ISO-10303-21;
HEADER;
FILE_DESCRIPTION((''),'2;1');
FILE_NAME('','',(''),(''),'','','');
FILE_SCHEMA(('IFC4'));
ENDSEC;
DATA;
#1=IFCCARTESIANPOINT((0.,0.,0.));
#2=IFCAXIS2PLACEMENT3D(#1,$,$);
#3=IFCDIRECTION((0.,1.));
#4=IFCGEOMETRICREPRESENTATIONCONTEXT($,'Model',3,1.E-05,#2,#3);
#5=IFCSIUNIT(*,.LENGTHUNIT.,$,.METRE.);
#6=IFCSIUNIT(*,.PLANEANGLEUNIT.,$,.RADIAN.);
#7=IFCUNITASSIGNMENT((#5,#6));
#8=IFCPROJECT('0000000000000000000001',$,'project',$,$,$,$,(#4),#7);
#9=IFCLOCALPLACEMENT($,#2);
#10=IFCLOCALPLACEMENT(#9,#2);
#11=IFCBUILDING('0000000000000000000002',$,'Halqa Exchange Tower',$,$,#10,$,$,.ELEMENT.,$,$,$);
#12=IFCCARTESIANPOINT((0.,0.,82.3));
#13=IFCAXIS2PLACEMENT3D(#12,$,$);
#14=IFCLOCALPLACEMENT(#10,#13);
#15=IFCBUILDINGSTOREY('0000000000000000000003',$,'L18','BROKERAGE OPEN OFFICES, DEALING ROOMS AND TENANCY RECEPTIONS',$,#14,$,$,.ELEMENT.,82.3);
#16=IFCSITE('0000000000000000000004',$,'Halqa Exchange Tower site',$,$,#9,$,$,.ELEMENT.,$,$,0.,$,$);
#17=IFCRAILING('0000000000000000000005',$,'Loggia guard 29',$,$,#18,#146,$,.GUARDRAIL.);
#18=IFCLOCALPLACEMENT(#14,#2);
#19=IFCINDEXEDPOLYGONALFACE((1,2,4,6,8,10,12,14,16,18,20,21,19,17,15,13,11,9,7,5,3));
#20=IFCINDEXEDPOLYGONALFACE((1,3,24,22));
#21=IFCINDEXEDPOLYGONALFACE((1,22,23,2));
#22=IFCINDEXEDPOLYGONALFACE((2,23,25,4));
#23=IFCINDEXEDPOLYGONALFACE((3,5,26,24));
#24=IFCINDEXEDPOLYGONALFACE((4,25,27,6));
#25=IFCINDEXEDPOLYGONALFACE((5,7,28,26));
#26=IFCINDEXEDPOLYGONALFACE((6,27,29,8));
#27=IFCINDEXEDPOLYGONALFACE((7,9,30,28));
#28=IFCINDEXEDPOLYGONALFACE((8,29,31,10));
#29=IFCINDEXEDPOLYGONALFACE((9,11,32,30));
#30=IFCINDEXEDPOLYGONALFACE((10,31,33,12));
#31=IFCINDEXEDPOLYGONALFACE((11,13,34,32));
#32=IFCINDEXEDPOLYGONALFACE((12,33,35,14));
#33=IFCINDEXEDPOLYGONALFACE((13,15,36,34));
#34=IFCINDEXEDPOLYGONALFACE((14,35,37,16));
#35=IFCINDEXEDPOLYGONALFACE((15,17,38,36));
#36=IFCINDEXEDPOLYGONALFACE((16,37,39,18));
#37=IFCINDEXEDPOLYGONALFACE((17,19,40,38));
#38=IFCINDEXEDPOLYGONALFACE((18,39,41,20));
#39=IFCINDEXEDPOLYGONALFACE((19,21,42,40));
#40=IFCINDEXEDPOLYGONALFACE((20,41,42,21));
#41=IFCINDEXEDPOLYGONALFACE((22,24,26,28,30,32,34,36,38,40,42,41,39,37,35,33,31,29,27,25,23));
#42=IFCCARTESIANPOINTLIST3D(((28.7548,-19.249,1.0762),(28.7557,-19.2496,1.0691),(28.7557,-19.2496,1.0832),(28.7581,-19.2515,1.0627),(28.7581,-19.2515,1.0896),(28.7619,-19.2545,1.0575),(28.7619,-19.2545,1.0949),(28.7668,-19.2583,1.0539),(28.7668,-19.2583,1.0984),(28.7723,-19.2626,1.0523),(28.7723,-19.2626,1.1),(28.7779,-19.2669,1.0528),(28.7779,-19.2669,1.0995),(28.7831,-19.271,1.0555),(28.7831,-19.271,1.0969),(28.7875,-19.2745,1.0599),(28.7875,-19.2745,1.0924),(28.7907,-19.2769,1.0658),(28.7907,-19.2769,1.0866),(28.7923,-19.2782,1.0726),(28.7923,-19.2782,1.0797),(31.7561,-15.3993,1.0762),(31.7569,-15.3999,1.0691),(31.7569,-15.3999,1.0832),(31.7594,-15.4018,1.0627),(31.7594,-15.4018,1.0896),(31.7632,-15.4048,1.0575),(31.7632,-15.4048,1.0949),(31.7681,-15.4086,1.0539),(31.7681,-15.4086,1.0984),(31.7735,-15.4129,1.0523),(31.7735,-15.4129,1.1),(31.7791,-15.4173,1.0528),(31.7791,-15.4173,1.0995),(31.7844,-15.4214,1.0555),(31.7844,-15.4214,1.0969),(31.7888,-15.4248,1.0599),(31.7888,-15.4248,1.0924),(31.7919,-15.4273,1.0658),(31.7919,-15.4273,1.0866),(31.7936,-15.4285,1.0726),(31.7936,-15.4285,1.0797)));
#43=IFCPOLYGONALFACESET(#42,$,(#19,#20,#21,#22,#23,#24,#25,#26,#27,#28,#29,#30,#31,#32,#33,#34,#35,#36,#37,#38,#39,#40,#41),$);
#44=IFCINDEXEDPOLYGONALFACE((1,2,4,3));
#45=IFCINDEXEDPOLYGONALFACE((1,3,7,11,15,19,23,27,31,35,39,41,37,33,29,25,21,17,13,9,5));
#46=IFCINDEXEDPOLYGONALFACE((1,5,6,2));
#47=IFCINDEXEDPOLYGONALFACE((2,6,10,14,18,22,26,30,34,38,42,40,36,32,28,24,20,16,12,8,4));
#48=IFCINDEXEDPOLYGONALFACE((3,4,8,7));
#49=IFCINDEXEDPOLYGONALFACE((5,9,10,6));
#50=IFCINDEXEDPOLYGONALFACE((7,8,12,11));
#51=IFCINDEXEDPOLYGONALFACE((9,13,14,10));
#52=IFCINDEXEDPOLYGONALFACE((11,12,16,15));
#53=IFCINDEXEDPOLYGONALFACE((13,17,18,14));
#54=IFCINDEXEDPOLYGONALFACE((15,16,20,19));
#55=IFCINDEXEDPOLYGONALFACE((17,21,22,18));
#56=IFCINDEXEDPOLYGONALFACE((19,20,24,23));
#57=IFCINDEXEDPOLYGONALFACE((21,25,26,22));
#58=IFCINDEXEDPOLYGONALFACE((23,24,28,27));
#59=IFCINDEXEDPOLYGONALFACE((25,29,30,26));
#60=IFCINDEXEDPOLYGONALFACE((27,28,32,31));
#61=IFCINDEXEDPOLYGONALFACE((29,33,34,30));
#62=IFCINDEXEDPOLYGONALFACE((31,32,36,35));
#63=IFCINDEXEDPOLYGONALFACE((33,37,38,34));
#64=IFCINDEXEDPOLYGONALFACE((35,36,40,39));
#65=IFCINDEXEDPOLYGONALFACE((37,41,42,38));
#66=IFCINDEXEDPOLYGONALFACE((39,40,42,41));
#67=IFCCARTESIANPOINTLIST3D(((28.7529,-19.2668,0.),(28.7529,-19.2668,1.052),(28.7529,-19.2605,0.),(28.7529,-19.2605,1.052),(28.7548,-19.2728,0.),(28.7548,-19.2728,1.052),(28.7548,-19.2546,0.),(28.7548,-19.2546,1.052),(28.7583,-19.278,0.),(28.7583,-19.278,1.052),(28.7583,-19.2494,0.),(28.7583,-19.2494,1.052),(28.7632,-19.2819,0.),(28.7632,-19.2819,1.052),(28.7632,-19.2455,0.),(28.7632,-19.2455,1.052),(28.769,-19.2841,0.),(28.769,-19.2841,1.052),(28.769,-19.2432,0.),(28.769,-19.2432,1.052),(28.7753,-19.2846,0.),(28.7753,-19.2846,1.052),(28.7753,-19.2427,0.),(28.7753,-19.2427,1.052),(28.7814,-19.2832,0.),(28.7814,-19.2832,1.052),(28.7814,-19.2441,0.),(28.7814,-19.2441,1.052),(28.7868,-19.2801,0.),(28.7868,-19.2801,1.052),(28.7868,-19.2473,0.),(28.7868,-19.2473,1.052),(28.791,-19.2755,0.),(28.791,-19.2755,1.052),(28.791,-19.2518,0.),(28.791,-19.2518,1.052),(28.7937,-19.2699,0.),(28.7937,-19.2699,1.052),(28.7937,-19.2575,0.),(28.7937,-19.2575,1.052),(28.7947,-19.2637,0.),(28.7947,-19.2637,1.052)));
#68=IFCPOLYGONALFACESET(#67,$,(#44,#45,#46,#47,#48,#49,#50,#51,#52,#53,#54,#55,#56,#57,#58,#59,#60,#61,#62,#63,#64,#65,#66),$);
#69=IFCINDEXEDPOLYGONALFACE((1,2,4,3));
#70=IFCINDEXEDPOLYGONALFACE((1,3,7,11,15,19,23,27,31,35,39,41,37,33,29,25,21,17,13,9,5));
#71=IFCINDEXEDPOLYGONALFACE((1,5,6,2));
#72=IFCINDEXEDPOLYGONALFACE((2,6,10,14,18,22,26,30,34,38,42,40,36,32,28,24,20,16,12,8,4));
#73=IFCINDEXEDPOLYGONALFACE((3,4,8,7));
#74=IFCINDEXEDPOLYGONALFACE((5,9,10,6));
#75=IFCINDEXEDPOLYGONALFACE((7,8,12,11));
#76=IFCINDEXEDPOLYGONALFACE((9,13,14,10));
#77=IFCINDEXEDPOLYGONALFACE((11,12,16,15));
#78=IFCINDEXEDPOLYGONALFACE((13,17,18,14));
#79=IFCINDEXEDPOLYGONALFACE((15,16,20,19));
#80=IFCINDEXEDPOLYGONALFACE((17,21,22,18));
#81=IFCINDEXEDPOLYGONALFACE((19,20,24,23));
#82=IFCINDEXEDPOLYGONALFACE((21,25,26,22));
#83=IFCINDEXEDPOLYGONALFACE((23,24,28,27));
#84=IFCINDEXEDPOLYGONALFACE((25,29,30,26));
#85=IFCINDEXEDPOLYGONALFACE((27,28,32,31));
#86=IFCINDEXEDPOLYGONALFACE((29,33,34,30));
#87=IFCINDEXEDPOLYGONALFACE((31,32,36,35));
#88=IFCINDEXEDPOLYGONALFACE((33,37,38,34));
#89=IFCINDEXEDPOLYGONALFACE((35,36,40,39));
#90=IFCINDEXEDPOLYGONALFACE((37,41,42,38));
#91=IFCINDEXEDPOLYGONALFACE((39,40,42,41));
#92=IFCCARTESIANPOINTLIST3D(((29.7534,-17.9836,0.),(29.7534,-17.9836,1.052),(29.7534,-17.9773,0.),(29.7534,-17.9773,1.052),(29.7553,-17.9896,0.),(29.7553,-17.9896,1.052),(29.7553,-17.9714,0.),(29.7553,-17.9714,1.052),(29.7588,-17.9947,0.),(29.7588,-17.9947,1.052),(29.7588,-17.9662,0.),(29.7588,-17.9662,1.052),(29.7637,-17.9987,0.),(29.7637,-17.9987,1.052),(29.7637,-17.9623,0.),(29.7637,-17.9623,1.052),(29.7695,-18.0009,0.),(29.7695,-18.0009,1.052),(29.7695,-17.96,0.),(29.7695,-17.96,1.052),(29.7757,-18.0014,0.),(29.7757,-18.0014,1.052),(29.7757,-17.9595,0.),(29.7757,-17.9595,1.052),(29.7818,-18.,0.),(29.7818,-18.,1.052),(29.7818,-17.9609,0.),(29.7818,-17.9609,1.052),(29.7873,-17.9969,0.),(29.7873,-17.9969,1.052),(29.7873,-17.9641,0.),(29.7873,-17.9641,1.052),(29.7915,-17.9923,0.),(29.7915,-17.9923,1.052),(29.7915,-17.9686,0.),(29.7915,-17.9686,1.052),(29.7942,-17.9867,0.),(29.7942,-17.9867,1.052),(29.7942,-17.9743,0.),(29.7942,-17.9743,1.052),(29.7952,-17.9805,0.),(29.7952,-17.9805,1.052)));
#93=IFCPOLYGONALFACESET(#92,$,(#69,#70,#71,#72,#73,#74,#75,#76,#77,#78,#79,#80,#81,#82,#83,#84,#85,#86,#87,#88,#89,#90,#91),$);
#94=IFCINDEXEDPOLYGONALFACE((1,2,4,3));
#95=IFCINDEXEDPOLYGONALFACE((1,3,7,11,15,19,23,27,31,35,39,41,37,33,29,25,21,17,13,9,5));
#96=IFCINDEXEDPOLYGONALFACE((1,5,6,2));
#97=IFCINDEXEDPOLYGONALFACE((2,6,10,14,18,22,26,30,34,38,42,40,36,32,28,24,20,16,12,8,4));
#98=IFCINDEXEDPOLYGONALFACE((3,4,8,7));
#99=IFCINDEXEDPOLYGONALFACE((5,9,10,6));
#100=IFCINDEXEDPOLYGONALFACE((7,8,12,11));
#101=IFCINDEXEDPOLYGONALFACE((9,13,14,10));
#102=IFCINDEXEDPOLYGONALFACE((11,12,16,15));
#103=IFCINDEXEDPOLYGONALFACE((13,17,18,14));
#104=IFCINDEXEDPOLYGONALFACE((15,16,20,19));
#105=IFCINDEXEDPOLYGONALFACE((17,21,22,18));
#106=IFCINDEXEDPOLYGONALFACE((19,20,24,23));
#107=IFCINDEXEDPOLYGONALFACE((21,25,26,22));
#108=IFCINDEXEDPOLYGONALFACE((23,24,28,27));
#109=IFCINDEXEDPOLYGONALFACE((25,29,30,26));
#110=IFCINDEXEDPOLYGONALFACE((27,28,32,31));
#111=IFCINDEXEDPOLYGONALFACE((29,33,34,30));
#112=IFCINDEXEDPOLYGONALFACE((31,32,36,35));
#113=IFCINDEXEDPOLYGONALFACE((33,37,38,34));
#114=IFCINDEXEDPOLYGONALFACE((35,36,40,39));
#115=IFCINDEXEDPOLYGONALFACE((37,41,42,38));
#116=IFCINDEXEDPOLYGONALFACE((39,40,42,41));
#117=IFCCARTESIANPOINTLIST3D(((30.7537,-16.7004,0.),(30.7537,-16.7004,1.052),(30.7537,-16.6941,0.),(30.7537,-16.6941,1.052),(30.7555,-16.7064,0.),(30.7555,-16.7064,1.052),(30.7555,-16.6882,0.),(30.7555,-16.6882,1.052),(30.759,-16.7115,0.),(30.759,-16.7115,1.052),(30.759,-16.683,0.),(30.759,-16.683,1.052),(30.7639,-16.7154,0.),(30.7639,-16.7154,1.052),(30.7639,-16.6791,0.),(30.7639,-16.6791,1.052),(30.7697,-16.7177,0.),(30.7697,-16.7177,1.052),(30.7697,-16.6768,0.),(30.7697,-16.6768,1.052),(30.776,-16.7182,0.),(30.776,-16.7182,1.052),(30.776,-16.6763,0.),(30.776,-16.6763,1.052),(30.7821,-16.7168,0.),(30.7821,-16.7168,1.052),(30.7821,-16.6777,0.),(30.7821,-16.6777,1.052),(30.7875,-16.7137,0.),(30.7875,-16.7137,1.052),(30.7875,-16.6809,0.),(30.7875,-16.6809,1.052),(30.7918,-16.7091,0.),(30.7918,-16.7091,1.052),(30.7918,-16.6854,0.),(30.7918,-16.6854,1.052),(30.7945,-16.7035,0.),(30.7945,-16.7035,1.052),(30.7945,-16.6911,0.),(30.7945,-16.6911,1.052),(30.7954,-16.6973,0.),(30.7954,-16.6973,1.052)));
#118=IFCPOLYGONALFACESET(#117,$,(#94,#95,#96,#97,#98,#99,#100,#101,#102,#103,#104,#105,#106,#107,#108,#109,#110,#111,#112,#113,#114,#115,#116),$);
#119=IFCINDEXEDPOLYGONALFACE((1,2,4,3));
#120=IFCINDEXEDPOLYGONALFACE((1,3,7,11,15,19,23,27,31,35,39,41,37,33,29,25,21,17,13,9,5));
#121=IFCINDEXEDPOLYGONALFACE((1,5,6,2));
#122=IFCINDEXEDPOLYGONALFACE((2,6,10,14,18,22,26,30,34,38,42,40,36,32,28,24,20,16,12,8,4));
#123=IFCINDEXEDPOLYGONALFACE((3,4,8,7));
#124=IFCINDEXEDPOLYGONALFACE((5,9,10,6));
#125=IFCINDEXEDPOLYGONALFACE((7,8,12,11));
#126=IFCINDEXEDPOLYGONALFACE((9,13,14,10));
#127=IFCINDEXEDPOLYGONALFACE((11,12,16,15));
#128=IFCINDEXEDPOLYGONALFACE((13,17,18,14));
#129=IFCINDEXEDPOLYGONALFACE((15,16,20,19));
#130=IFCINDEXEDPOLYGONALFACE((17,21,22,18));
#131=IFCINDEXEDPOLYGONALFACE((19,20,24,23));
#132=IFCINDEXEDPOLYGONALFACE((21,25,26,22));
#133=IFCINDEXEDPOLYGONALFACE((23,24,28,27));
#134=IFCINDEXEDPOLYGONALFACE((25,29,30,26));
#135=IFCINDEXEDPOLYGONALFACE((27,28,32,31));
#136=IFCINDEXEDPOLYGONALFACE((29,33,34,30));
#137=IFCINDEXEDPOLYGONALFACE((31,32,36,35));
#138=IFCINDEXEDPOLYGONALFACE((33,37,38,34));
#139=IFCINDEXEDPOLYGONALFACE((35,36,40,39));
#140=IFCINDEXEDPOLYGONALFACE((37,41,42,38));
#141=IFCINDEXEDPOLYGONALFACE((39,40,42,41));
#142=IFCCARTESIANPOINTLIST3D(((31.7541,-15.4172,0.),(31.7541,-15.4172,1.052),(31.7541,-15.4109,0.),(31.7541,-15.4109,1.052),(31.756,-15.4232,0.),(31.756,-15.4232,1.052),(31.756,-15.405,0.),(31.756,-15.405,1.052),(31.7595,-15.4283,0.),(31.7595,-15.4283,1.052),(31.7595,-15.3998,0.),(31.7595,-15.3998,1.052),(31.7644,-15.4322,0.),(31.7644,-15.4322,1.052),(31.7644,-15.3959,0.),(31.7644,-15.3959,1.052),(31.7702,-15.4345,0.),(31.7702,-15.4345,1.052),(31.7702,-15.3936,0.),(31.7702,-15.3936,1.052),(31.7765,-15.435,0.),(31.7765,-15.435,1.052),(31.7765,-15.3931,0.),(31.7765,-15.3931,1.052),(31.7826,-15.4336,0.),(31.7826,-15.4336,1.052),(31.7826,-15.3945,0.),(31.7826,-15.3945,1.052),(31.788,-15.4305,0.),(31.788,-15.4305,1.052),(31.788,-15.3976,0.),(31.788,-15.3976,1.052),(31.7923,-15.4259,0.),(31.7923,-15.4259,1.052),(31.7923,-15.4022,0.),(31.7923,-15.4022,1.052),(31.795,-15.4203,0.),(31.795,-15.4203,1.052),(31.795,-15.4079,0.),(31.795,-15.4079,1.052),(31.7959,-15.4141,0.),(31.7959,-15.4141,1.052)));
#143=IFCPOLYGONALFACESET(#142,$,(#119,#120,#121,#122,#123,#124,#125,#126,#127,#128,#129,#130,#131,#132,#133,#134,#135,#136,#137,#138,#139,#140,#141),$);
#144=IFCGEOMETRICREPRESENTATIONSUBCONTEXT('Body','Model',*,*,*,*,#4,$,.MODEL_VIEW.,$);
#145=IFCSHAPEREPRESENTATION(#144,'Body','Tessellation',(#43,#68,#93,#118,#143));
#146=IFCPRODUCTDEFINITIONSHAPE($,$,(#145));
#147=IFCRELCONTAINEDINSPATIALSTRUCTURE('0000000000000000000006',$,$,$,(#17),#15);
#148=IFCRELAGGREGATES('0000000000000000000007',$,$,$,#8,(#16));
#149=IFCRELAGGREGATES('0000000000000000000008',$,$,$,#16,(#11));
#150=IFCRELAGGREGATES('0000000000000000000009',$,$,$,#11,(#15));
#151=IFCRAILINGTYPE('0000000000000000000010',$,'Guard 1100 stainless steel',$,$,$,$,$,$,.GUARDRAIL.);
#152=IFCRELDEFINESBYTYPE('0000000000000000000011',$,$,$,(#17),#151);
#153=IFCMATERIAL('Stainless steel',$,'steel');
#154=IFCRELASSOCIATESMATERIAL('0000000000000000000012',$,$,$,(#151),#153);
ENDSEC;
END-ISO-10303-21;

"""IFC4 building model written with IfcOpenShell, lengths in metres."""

from ifc_helpers import new_model, si_unit, direction, frame, origin, origin_2d, place, context, subcontext, project, spatial, circle, extrude, material, type_object, element, save


model = new_model("IFC4")

# Units and contexts
model_context = context("Model", 3, precision=1e-05, world=origin(), true_north=direction((0.0, 1.0)))
body_context = subcontext(model_context, "Body", "Model", "MODEL_VIEW")
ifc_project = project(units=[si_unit("LENGTHUNIT", "METRE"), si_unit("PLANEANGLEUNIT", "RADIAN")], contexts=[model_context])

# Site, building, storey
site_placement = place(None, origin())
site = spatial("IfcSite", under=ifc_project, at=site_placement, Name="Halqa Exchange Tower site", CompositionType="ELEMENT", RefElevation=0.0)
building_placement = place(site_placement, origin())
building = spatial("IfcBuilding", under=site, at=building_placement, Name="Halqa Exchange Tower", CompositionType="ELEMENT")
storey_placement = place(building_placement, frame((0.0, 0.0, 82.3)))
storey = spatial("IfcBuildingStorey", under=building, at=storey_placement, Name="L18", Description="BROKERAGE OPEN OFFICES, DEALING ROOMS AND TENANCY RECEPTIONS", CompositionType="ELEMENT", Elevation=82.3)

# Railing
ifc_material_1 = material(Name="Stainless steel", Category="steel")
railing_type = type_object("IfcRailingType", Name="Guard 1100 stainless steel", PredefinedType="GUARDRAIL", material=ifc_material_1)
railing_1_placement = place(storey_placement, frame((28.7737, -19.2637, 0.0)))
element("IfcRailing", 1, at=railing_1_placement, inside=storey, type_object=railing_type, Name="Loggia guard 29", PredefinedType="GUARDRAIL", context=body_context, shape_type="SweptSolid", body=[
    extrude(circle(Radius=0.0239, at=origin_2d()), frame((0.0, 0.0, 1.0762), z_axis=(0.614844, 0.788649, 0.0), x_axis=(-0.788649, 0.614844, 0.0)), (0.0, 0.0, 1.0), 4.8813),
    extrude(circle(Radius=0.021, at=origin_2d()), origin(), (0.0, 0.0, 1.0), 1.052),
    extrude(circle(Radius=0.021, at=origin_2d()), frame((1.0005, 1.2832, 0.0)), (0.0, 0.0, 1.0), 1.052),
    extrude(circle(Radius=0.021, at=origin_2d()), frame((2.0007, 2.5664, 0.0)), (0.0, 0.0, 1.0), 1.052),
    extrude(circle(Radius=0.021, at=origin_2d()), frame((3.0012, 3.8496, 0.0)), (0.0, 0.0, 1.0), 1.052),
])

save(model, "model.ifc")
